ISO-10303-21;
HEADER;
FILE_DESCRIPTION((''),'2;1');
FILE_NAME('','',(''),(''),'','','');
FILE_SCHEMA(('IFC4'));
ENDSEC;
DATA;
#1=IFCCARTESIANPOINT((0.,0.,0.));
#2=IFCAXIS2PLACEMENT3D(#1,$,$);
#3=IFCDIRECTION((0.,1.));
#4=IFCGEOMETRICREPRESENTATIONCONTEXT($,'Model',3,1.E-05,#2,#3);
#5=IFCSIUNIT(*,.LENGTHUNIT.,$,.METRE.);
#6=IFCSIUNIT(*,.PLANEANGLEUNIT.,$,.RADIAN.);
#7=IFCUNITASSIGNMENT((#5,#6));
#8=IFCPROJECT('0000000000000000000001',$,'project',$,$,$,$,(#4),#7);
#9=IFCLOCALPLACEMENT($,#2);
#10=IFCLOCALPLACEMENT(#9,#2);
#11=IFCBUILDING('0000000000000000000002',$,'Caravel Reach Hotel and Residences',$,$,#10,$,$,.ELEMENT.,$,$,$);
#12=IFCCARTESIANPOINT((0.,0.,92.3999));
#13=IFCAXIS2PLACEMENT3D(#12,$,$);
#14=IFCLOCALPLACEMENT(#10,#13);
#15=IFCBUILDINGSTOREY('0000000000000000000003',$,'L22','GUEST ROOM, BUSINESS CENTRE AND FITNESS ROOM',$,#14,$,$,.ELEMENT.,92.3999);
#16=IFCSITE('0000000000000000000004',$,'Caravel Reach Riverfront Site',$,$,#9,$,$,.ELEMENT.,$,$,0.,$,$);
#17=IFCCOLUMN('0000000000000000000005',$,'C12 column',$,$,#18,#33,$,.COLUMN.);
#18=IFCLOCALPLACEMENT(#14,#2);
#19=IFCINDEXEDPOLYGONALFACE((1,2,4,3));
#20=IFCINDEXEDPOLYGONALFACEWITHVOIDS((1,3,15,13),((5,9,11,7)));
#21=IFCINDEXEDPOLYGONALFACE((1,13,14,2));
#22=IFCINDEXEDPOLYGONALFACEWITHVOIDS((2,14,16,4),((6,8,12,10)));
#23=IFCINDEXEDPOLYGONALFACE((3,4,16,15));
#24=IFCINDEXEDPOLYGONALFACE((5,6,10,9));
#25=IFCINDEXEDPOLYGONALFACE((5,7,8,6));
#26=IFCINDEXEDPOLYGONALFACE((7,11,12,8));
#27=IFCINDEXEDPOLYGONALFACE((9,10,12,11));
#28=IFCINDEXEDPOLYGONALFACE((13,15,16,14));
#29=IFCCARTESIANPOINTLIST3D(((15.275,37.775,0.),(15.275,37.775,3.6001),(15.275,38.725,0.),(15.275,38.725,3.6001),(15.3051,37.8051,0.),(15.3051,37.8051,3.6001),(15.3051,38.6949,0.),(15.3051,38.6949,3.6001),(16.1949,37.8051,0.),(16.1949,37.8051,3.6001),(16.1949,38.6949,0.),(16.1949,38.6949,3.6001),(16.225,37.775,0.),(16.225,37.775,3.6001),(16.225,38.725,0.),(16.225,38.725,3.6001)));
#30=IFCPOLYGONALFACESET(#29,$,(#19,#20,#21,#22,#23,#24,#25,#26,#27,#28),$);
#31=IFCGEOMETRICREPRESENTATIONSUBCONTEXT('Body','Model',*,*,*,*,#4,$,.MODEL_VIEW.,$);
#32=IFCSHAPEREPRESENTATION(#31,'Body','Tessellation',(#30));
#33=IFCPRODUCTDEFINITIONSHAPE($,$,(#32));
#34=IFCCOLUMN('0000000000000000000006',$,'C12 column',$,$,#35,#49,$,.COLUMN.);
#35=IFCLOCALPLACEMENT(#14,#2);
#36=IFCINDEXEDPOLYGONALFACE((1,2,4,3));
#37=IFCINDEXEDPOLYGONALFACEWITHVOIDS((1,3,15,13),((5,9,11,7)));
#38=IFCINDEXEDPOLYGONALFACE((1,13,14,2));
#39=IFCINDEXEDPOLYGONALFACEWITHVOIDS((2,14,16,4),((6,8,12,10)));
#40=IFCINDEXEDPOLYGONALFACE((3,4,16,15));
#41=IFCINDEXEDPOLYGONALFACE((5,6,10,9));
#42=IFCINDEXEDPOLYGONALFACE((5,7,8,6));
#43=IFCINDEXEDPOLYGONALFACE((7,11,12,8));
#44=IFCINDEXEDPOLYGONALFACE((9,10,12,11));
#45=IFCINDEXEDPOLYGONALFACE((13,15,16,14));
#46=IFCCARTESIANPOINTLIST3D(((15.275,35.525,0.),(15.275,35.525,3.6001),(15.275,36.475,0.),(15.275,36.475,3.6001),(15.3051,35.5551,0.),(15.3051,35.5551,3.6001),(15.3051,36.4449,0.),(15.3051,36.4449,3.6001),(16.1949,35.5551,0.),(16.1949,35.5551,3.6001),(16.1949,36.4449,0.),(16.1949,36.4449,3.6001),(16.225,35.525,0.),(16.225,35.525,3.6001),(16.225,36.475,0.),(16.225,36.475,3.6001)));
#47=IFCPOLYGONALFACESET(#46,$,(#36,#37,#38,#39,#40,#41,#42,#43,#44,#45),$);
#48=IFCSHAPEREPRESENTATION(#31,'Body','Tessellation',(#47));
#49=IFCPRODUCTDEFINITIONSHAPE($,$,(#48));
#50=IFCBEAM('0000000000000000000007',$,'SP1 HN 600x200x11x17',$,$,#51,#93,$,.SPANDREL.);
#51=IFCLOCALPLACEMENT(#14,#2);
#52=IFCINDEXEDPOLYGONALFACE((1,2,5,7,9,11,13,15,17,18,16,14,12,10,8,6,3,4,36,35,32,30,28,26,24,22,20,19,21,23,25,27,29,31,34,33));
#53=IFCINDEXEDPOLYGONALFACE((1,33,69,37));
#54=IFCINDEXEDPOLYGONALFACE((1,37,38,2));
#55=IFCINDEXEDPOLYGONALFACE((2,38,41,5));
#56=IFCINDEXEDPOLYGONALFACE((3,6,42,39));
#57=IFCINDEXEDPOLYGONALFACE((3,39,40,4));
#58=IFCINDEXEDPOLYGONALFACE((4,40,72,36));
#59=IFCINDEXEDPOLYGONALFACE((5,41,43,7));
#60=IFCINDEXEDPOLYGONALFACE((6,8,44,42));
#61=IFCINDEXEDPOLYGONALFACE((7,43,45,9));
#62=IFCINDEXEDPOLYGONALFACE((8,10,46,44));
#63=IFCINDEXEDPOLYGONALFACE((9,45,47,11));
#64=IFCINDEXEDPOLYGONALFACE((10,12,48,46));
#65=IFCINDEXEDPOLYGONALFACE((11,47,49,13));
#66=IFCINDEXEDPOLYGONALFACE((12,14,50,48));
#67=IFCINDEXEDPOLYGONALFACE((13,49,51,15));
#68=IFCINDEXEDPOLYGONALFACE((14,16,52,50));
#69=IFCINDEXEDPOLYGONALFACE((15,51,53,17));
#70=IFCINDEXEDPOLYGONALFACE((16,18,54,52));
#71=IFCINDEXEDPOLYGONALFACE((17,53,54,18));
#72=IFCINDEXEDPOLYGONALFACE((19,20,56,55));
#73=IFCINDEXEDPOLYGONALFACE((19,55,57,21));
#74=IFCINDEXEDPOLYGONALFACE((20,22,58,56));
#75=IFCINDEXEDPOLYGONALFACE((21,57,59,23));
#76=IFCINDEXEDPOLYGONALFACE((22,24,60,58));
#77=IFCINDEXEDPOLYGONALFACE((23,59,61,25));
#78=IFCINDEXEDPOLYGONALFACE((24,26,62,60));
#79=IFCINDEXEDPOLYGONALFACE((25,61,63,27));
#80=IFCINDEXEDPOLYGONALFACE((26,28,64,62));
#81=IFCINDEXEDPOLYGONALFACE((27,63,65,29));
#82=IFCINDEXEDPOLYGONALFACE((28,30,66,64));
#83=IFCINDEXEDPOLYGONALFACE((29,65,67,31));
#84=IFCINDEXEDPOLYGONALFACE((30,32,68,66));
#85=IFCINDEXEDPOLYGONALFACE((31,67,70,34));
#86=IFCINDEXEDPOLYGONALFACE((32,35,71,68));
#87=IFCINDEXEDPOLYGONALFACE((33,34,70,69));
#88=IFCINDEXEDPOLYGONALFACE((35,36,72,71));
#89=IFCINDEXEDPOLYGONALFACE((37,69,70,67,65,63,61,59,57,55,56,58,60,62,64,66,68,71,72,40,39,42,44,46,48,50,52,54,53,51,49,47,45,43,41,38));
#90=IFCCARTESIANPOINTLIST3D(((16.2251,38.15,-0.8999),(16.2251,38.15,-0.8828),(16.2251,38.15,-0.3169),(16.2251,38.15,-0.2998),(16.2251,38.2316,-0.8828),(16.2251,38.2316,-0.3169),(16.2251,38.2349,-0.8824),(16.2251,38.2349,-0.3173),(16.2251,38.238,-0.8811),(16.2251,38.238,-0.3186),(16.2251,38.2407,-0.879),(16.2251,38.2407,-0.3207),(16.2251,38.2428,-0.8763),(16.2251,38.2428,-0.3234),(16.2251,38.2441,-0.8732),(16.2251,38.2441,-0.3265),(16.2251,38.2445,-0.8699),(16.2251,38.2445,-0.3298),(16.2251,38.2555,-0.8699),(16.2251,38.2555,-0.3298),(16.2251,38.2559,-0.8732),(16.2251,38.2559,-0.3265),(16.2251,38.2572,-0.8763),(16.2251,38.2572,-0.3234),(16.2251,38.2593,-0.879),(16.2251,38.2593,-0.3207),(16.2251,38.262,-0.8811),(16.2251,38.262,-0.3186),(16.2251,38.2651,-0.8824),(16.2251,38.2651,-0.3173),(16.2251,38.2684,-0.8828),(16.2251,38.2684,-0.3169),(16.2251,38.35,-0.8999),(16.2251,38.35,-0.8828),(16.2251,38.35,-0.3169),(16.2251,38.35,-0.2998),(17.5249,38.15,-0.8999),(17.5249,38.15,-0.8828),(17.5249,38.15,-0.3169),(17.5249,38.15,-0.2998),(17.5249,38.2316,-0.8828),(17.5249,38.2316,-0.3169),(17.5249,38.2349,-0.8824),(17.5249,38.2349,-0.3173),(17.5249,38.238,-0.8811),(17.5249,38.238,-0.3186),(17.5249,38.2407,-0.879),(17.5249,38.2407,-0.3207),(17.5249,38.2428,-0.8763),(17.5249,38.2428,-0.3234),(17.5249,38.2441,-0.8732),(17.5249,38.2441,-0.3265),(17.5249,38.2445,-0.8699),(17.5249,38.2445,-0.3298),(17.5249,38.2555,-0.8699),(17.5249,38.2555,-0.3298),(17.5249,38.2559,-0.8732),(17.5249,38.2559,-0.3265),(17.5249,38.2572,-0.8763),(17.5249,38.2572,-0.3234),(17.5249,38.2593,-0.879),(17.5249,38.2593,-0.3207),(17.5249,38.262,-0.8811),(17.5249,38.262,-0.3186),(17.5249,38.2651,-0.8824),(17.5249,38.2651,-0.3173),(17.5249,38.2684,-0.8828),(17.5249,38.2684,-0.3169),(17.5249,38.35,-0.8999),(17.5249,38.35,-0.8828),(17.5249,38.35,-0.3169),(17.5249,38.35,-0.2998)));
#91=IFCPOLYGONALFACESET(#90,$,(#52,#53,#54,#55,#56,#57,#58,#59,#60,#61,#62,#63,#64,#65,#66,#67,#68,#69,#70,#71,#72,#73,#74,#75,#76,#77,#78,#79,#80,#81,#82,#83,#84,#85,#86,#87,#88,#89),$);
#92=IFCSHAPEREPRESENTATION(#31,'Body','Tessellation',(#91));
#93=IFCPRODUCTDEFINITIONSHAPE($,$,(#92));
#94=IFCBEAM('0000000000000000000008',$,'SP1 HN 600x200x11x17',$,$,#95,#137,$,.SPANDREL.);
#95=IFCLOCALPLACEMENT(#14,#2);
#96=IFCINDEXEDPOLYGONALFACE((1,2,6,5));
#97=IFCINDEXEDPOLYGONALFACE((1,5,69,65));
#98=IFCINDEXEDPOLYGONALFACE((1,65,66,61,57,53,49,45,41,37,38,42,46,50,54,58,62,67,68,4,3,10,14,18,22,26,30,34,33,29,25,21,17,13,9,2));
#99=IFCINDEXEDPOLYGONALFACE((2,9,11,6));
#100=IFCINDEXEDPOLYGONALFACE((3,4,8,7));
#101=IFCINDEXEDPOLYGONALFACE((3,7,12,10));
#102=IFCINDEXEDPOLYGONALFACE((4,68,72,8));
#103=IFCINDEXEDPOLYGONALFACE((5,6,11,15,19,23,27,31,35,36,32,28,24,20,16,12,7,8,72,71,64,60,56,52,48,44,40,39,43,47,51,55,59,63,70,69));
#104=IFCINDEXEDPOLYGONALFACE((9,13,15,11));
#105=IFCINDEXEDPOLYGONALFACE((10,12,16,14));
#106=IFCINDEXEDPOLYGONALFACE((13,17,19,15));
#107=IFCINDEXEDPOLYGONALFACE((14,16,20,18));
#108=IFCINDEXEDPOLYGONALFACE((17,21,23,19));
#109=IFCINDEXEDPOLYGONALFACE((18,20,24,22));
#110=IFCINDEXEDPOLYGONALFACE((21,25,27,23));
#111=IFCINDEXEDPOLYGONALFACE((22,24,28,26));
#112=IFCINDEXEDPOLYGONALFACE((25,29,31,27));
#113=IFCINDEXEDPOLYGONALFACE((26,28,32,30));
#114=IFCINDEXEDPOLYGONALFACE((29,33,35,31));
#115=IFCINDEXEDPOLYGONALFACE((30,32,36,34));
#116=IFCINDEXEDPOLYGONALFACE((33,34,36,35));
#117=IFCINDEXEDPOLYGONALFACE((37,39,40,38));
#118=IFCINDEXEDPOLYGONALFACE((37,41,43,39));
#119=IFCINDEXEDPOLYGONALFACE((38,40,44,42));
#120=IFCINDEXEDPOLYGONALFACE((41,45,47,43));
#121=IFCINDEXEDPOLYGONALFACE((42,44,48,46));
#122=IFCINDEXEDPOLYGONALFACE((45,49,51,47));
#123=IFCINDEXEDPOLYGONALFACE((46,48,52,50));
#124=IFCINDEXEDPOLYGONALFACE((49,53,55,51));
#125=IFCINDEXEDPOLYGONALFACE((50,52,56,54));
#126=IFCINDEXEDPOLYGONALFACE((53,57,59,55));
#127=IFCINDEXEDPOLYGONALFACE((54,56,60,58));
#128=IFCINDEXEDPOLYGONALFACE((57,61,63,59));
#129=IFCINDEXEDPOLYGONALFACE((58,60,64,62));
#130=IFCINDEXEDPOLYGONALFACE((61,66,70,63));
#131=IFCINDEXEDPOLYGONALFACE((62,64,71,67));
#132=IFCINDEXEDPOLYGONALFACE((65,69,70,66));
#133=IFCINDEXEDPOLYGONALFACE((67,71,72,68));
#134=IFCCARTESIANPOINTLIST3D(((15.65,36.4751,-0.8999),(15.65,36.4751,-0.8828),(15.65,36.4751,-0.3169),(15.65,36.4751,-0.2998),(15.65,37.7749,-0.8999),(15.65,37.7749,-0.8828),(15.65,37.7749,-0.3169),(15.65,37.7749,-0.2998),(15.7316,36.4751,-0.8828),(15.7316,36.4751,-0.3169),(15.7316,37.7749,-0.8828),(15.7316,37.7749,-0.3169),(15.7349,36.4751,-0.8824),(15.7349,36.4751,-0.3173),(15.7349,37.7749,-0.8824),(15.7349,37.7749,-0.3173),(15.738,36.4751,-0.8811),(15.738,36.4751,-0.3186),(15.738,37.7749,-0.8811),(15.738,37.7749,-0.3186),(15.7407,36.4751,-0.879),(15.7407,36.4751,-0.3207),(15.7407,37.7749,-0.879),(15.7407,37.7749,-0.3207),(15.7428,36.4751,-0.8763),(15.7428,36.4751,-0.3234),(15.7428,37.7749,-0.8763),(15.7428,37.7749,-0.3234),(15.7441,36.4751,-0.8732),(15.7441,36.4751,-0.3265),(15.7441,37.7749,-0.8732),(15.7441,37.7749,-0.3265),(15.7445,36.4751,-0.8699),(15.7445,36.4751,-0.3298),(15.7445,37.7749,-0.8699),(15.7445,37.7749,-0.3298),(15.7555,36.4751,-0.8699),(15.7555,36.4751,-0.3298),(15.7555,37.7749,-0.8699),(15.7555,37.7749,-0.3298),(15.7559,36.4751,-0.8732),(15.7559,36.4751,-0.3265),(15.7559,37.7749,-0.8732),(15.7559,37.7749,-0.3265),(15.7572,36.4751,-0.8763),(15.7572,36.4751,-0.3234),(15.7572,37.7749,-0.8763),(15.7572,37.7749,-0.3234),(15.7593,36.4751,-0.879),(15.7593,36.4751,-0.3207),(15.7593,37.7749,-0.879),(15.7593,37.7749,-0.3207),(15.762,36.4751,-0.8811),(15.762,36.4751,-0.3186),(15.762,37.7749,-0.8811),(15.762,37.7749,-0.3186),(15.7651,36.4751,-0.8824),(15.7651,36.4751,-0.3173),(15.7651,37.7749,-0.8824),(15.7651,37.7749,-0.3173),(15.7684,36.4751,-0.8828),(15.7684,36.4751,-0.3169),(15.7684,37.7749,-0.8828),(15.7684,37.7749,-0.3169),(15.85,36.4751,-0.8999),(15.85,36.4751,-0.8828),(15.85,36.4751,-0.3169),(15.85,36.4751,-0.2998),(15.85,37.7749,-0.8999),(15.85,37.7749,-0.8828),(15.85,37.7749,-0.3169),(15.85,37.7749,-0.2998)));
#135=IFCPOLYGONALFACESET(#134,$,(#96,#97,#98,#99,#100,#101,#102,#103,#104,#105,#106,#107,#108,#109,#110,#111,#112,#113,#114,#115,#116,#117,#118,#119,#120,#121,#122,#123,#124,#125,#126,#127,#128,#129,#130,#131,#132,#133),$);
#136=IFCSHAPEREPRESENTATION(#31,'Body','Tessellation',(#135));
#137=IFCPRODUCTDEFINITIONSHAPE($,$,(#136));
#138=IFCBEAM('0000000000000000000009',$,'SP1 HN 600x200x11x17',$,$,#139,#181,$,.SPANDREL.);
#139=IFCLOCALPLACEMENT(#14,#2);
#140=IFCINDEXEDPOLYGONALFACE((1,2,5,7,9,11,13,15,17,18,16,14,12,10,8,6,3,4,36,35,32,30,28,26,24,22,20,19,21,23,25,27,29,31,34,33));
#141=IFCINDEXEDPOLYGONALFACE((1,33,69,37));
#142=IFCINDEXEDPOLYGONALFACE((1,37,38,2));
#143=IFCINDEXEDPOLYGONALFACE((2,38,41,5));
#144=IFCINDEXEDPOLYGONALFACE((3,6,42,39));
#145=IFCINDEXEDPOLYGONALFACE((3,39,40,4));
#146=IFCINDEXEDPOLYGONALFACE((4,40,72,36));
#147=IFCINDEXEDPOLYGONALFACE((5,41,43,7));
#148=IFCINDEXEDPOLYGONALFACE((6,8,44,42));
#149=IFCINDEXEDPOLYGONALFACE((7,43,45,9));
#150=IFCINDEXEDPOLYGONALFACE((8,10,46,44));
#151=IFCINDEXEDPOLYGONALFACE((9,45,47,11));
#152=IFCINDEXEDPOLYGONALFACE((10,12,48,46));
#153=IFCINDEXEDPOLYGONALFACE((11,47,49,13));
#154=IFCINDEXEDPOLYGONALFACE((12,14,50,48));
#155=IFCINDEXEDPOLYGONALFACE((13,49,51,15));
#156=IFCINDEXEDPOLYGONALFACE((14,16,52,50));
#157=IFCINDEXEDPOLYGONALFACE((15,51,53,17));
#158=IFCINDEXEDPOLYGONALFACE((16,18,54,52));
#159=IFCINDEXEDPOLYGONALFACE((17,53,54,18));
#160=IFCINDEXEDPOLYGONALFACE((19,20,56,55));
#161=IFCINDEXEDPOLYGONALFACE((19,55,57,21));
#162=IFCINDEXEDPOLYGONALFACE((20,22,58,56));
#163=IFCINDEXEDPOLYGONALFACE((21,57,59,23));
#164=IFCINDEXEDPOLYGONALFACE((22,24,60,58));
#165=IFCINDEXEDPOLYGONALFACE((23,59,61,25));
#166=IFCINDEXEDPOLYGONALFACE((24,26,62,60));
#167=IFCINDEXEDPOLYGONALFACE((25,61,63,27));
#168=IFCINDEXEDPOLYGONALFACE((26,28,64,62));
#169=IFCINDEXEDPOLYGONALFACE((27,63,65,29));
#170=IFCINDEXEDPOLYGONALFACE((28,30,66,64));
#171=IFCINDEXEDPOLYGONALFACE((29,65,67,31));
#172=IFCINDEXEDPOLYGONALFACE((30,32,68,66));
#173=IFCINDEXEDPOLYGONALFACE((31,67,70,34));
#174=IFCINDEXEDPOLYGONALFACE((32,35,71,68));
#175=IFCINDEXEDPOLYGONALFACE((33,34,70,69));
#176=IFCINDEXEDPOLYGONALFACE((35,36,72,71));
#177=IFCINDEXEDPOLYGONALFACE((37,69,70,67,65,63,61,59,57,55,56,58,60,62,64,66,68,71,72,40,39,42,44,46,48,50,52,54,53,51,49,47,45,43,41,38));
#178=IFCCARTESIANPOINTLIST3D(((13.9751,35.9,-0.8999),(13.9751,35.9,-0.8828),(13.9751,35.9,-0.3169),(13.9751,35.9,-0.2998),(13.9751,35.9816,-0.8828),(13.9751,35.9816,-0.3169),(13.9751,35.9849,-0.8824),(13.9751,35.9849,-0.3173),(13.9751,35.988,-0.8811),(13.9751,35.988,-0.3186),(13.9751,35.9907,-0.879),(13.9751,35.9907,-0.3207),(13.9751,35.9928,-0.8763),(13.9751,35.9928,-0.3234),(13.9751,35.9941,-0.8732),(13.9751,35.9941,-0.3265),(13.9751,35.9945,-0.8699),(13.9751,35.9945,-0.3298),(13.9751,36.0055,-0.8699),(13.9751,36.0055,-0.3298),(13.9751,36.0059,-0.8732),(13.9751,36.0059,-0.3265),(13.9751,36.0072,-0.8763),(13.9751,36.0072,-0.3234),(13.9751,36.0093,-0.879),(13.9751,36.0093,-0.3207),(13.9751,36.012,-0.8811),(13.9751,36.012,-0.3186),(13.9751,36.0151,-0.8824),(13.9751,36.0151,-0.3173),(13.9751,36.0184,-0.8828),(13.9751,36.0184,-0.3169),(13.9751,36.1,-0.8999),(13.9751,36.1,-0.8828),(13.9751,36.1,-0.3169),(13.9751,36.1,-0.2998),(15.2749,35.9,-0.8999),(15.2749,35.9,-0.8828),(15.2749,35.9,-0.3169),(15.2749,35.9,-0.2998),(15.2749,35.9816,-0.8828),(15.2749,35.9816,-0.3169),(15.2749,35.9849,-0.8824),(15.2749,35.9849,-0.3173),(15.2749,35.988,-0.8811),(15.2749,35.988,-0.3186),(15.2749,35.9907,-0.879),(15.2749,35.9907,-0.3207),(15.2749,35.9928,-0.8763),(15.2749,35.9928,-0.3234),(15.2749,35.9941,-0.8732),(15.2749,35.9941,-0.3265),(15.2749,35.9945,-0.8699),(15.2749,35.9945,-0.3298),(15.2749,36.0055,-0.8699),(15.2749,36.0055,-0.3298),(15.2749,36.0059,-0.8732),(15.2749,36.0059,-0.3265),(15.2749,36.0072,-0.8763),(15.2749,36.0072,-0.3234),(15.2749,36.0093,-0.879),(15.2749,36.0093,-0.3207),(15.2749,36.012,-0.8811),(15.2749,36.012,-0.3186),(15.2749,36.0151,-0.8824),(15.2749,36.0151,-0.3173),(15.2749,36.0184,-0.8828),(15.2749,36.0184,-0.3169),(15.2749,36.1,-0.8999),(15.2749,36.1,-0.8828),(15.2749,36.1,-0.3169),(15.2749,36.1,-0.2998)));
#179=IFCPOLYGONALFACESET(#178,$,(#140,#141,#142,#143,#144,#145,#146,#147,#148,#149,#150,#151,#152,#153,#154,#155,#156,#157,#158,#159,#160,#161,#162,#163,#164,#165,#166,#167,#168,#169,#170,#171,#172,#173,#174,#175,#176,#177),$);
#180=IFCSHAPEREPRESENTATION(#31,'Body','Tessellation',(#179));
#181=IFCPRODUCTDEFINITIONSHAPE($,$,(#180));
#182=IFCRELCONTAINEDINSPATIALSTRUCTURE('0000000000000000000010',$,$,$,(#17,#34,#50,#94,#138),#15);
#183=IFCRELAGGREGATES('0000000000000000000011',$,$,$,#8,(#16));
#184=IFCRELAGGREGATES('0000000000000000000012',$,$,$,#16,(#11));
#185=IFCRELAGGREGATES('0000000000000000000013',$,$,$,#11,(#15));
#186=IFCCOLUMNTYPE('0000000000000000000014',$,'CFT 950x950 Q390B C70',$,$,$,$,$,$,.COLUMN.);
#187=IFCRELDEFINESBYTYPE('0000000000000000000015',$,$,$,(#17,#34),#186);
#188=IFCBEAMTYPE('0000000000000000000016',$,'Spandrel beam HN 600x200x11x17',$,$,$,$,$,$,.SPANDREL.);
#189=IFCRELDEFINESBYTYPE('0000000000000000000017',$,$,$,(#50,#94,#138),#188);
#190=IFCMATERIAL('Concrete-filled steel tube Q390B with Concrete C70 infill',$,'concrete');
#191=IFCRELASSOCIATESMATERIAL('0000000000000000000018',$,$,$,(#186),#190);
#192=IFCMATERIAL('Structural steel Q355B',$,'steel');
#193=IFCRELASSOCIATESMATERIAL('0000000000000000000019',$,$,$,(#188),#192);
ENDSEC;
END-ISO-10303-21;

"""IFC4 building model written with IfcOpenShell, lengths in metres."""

from ifc_helpers import new_model, si_unit, direction, frame, origin, origin_2d, place, context, subcontext, project, spatial, hollow_rectangle, i_section, extrude, material, material_profile, profile_set, type_object, element, save


model = new_model("IFC4")

# Units and contexts
model_context = context("Model", 3, precision=1e-05, world=origin(), true_north=direction((0.0, 1.0)))
body_context = subcontext(model_context, "Body", "Model", "MODEL_VIEW")
ifc_project = project(units=[si_unit("LENGTHUNIT", "METRE"), si_unit("PLANEANGLEUNIT", "RADIAN")], contexts=[model_context])

# Site, building, storey
site_placement = place(None, origin())
site = spatial("IfcSite", under=ifc_project, at=site_placement, Name="Caravel Reach Riverfront Site", CompositionType="ELEMENT", RefElevation=0.0)
building_placement = place(site_placement, origin())
building = spatial("IfcBuilding", under=site, at=building_placement, Name="Caravel Reach Hotel and Residences", CompositionType="ELEMENT")
storey_placement = place(building_placement, frame((0.0, 0.0, 92.3999)))
storey = spatial("IfcBuildingStorey", under=building, at=storey_placement, Name="L22", Description="GUEST ROOM, BUSINESS CENTRE AND FITNESS ROOM", CompositionType="ELEMENT", Elevation=92.3999)

# Columns
ifc_material_1 = material(Name="Concrete-filled steel tube Q390B with Concrete C70 infill", Category="concrete")
ifc_material_profile_1 = material_profile(ifc_material_1, hollow_rectangle(XDim=0.95, YDim=0.95, WallThickness=0.03, at=origin_2d()), Name="RHS 950x950x30")
ifc_profile_set_1 = profile_set([ifc_material_profile_1], Name="Concrete-filled steel tube Q390B with Concrete C70 infill")
column_type = type_object("IfcColumnType", Name="CFT 950x950 Q390B C70", PredefinedType="COLUMN", material=ifc_profile_set_1)
for number, where, z_axis, x_axis, name in (
    (1, (15.75, 38.25, 0.0), (0.0, 0.0, 1.0), (1.0, 0.0, 0.0), "C12 column"),
    (2, (15.75, 36.0, 0.0), (0.0, 0.0, 1.0), (1.0, 0.0, 0.0), "C12 column"),
):
    element("IfcColumn", number, at=place(storey_placement, frame(where, z_axis=z_axis, x_axis=x_axis)), inside=storey, type_object=column_type, Name=name, PredefinedType="COLUMN", context=body_context, shape_type="SweptSolid", body=[
        extrude(hollow_rectangle(XDim=0.95, YDim=0.95, WallThickness=0.03, at=origin_2d()), origin(), (0.0, 0.0, 1.0), 3.6001),
    ])

# Beams
ifc_material_2 = material(Name="Structural steel Q355B", Category="steel")
ifc_material_profile_2 = material_profile(ifc_material_2, i_section(OverallWidth=0.2, OverallDepth=0.6001, WebThickness=0.011, FlangeThickness=0.0171, FilletRadius=0.0129, at=origin_2d()), Name="HN 600x200x11x17")
ifc_profile_set_2 = profile_set([ifc_material_profile_2], Name="Structural steel Q355B")
beam_type = type_object("IfcBeamType", Name="Spandrel beam HN 600x200x11x17", PredefinedType="SPANDREL", material=ifc_profile_set_2)
for number, where, z_axis, x_axis, name in (
    (3, (17.5249, 38.25, -0.5999), (-1.0, 0.0, 0.0), (0.0, -1.0, 0.0), "SP1 HN 600x200x11x17"),
    (4, (15.75, 37.7749, -0.5999), (0.0, -1.0, 0.0), (1.0, 0.0, 0.0), "SP1 HN 600x200x11x17"),
    (5, (15.2749, 36.0, -0.5999), (-1.0, 0.0, 0.0), (0.0, -1.0, 0.0), "SP1 HN 600x200x11x17"),
):
    element("IfcBeam", number, at=place(storey_placement, frame(where, z_axis=z_axis, x_axis=x_axis)), inside=storey, type_object=beam_type, Name=name, PredefinedType="SPANDREL", context=body_context, shape_type="SweptSolid", body=[
        extrude(i_section(OverallWidth=0.2, OverallDepth=0.6001, WebThickness=0.011, FlangeThickness=0.0171, FilletRadius=0.0129, at=origin_2d()), origin(), (0.0, 0.0, 1.0), 1.2998),
    ])

save(model, "model.ifc")
